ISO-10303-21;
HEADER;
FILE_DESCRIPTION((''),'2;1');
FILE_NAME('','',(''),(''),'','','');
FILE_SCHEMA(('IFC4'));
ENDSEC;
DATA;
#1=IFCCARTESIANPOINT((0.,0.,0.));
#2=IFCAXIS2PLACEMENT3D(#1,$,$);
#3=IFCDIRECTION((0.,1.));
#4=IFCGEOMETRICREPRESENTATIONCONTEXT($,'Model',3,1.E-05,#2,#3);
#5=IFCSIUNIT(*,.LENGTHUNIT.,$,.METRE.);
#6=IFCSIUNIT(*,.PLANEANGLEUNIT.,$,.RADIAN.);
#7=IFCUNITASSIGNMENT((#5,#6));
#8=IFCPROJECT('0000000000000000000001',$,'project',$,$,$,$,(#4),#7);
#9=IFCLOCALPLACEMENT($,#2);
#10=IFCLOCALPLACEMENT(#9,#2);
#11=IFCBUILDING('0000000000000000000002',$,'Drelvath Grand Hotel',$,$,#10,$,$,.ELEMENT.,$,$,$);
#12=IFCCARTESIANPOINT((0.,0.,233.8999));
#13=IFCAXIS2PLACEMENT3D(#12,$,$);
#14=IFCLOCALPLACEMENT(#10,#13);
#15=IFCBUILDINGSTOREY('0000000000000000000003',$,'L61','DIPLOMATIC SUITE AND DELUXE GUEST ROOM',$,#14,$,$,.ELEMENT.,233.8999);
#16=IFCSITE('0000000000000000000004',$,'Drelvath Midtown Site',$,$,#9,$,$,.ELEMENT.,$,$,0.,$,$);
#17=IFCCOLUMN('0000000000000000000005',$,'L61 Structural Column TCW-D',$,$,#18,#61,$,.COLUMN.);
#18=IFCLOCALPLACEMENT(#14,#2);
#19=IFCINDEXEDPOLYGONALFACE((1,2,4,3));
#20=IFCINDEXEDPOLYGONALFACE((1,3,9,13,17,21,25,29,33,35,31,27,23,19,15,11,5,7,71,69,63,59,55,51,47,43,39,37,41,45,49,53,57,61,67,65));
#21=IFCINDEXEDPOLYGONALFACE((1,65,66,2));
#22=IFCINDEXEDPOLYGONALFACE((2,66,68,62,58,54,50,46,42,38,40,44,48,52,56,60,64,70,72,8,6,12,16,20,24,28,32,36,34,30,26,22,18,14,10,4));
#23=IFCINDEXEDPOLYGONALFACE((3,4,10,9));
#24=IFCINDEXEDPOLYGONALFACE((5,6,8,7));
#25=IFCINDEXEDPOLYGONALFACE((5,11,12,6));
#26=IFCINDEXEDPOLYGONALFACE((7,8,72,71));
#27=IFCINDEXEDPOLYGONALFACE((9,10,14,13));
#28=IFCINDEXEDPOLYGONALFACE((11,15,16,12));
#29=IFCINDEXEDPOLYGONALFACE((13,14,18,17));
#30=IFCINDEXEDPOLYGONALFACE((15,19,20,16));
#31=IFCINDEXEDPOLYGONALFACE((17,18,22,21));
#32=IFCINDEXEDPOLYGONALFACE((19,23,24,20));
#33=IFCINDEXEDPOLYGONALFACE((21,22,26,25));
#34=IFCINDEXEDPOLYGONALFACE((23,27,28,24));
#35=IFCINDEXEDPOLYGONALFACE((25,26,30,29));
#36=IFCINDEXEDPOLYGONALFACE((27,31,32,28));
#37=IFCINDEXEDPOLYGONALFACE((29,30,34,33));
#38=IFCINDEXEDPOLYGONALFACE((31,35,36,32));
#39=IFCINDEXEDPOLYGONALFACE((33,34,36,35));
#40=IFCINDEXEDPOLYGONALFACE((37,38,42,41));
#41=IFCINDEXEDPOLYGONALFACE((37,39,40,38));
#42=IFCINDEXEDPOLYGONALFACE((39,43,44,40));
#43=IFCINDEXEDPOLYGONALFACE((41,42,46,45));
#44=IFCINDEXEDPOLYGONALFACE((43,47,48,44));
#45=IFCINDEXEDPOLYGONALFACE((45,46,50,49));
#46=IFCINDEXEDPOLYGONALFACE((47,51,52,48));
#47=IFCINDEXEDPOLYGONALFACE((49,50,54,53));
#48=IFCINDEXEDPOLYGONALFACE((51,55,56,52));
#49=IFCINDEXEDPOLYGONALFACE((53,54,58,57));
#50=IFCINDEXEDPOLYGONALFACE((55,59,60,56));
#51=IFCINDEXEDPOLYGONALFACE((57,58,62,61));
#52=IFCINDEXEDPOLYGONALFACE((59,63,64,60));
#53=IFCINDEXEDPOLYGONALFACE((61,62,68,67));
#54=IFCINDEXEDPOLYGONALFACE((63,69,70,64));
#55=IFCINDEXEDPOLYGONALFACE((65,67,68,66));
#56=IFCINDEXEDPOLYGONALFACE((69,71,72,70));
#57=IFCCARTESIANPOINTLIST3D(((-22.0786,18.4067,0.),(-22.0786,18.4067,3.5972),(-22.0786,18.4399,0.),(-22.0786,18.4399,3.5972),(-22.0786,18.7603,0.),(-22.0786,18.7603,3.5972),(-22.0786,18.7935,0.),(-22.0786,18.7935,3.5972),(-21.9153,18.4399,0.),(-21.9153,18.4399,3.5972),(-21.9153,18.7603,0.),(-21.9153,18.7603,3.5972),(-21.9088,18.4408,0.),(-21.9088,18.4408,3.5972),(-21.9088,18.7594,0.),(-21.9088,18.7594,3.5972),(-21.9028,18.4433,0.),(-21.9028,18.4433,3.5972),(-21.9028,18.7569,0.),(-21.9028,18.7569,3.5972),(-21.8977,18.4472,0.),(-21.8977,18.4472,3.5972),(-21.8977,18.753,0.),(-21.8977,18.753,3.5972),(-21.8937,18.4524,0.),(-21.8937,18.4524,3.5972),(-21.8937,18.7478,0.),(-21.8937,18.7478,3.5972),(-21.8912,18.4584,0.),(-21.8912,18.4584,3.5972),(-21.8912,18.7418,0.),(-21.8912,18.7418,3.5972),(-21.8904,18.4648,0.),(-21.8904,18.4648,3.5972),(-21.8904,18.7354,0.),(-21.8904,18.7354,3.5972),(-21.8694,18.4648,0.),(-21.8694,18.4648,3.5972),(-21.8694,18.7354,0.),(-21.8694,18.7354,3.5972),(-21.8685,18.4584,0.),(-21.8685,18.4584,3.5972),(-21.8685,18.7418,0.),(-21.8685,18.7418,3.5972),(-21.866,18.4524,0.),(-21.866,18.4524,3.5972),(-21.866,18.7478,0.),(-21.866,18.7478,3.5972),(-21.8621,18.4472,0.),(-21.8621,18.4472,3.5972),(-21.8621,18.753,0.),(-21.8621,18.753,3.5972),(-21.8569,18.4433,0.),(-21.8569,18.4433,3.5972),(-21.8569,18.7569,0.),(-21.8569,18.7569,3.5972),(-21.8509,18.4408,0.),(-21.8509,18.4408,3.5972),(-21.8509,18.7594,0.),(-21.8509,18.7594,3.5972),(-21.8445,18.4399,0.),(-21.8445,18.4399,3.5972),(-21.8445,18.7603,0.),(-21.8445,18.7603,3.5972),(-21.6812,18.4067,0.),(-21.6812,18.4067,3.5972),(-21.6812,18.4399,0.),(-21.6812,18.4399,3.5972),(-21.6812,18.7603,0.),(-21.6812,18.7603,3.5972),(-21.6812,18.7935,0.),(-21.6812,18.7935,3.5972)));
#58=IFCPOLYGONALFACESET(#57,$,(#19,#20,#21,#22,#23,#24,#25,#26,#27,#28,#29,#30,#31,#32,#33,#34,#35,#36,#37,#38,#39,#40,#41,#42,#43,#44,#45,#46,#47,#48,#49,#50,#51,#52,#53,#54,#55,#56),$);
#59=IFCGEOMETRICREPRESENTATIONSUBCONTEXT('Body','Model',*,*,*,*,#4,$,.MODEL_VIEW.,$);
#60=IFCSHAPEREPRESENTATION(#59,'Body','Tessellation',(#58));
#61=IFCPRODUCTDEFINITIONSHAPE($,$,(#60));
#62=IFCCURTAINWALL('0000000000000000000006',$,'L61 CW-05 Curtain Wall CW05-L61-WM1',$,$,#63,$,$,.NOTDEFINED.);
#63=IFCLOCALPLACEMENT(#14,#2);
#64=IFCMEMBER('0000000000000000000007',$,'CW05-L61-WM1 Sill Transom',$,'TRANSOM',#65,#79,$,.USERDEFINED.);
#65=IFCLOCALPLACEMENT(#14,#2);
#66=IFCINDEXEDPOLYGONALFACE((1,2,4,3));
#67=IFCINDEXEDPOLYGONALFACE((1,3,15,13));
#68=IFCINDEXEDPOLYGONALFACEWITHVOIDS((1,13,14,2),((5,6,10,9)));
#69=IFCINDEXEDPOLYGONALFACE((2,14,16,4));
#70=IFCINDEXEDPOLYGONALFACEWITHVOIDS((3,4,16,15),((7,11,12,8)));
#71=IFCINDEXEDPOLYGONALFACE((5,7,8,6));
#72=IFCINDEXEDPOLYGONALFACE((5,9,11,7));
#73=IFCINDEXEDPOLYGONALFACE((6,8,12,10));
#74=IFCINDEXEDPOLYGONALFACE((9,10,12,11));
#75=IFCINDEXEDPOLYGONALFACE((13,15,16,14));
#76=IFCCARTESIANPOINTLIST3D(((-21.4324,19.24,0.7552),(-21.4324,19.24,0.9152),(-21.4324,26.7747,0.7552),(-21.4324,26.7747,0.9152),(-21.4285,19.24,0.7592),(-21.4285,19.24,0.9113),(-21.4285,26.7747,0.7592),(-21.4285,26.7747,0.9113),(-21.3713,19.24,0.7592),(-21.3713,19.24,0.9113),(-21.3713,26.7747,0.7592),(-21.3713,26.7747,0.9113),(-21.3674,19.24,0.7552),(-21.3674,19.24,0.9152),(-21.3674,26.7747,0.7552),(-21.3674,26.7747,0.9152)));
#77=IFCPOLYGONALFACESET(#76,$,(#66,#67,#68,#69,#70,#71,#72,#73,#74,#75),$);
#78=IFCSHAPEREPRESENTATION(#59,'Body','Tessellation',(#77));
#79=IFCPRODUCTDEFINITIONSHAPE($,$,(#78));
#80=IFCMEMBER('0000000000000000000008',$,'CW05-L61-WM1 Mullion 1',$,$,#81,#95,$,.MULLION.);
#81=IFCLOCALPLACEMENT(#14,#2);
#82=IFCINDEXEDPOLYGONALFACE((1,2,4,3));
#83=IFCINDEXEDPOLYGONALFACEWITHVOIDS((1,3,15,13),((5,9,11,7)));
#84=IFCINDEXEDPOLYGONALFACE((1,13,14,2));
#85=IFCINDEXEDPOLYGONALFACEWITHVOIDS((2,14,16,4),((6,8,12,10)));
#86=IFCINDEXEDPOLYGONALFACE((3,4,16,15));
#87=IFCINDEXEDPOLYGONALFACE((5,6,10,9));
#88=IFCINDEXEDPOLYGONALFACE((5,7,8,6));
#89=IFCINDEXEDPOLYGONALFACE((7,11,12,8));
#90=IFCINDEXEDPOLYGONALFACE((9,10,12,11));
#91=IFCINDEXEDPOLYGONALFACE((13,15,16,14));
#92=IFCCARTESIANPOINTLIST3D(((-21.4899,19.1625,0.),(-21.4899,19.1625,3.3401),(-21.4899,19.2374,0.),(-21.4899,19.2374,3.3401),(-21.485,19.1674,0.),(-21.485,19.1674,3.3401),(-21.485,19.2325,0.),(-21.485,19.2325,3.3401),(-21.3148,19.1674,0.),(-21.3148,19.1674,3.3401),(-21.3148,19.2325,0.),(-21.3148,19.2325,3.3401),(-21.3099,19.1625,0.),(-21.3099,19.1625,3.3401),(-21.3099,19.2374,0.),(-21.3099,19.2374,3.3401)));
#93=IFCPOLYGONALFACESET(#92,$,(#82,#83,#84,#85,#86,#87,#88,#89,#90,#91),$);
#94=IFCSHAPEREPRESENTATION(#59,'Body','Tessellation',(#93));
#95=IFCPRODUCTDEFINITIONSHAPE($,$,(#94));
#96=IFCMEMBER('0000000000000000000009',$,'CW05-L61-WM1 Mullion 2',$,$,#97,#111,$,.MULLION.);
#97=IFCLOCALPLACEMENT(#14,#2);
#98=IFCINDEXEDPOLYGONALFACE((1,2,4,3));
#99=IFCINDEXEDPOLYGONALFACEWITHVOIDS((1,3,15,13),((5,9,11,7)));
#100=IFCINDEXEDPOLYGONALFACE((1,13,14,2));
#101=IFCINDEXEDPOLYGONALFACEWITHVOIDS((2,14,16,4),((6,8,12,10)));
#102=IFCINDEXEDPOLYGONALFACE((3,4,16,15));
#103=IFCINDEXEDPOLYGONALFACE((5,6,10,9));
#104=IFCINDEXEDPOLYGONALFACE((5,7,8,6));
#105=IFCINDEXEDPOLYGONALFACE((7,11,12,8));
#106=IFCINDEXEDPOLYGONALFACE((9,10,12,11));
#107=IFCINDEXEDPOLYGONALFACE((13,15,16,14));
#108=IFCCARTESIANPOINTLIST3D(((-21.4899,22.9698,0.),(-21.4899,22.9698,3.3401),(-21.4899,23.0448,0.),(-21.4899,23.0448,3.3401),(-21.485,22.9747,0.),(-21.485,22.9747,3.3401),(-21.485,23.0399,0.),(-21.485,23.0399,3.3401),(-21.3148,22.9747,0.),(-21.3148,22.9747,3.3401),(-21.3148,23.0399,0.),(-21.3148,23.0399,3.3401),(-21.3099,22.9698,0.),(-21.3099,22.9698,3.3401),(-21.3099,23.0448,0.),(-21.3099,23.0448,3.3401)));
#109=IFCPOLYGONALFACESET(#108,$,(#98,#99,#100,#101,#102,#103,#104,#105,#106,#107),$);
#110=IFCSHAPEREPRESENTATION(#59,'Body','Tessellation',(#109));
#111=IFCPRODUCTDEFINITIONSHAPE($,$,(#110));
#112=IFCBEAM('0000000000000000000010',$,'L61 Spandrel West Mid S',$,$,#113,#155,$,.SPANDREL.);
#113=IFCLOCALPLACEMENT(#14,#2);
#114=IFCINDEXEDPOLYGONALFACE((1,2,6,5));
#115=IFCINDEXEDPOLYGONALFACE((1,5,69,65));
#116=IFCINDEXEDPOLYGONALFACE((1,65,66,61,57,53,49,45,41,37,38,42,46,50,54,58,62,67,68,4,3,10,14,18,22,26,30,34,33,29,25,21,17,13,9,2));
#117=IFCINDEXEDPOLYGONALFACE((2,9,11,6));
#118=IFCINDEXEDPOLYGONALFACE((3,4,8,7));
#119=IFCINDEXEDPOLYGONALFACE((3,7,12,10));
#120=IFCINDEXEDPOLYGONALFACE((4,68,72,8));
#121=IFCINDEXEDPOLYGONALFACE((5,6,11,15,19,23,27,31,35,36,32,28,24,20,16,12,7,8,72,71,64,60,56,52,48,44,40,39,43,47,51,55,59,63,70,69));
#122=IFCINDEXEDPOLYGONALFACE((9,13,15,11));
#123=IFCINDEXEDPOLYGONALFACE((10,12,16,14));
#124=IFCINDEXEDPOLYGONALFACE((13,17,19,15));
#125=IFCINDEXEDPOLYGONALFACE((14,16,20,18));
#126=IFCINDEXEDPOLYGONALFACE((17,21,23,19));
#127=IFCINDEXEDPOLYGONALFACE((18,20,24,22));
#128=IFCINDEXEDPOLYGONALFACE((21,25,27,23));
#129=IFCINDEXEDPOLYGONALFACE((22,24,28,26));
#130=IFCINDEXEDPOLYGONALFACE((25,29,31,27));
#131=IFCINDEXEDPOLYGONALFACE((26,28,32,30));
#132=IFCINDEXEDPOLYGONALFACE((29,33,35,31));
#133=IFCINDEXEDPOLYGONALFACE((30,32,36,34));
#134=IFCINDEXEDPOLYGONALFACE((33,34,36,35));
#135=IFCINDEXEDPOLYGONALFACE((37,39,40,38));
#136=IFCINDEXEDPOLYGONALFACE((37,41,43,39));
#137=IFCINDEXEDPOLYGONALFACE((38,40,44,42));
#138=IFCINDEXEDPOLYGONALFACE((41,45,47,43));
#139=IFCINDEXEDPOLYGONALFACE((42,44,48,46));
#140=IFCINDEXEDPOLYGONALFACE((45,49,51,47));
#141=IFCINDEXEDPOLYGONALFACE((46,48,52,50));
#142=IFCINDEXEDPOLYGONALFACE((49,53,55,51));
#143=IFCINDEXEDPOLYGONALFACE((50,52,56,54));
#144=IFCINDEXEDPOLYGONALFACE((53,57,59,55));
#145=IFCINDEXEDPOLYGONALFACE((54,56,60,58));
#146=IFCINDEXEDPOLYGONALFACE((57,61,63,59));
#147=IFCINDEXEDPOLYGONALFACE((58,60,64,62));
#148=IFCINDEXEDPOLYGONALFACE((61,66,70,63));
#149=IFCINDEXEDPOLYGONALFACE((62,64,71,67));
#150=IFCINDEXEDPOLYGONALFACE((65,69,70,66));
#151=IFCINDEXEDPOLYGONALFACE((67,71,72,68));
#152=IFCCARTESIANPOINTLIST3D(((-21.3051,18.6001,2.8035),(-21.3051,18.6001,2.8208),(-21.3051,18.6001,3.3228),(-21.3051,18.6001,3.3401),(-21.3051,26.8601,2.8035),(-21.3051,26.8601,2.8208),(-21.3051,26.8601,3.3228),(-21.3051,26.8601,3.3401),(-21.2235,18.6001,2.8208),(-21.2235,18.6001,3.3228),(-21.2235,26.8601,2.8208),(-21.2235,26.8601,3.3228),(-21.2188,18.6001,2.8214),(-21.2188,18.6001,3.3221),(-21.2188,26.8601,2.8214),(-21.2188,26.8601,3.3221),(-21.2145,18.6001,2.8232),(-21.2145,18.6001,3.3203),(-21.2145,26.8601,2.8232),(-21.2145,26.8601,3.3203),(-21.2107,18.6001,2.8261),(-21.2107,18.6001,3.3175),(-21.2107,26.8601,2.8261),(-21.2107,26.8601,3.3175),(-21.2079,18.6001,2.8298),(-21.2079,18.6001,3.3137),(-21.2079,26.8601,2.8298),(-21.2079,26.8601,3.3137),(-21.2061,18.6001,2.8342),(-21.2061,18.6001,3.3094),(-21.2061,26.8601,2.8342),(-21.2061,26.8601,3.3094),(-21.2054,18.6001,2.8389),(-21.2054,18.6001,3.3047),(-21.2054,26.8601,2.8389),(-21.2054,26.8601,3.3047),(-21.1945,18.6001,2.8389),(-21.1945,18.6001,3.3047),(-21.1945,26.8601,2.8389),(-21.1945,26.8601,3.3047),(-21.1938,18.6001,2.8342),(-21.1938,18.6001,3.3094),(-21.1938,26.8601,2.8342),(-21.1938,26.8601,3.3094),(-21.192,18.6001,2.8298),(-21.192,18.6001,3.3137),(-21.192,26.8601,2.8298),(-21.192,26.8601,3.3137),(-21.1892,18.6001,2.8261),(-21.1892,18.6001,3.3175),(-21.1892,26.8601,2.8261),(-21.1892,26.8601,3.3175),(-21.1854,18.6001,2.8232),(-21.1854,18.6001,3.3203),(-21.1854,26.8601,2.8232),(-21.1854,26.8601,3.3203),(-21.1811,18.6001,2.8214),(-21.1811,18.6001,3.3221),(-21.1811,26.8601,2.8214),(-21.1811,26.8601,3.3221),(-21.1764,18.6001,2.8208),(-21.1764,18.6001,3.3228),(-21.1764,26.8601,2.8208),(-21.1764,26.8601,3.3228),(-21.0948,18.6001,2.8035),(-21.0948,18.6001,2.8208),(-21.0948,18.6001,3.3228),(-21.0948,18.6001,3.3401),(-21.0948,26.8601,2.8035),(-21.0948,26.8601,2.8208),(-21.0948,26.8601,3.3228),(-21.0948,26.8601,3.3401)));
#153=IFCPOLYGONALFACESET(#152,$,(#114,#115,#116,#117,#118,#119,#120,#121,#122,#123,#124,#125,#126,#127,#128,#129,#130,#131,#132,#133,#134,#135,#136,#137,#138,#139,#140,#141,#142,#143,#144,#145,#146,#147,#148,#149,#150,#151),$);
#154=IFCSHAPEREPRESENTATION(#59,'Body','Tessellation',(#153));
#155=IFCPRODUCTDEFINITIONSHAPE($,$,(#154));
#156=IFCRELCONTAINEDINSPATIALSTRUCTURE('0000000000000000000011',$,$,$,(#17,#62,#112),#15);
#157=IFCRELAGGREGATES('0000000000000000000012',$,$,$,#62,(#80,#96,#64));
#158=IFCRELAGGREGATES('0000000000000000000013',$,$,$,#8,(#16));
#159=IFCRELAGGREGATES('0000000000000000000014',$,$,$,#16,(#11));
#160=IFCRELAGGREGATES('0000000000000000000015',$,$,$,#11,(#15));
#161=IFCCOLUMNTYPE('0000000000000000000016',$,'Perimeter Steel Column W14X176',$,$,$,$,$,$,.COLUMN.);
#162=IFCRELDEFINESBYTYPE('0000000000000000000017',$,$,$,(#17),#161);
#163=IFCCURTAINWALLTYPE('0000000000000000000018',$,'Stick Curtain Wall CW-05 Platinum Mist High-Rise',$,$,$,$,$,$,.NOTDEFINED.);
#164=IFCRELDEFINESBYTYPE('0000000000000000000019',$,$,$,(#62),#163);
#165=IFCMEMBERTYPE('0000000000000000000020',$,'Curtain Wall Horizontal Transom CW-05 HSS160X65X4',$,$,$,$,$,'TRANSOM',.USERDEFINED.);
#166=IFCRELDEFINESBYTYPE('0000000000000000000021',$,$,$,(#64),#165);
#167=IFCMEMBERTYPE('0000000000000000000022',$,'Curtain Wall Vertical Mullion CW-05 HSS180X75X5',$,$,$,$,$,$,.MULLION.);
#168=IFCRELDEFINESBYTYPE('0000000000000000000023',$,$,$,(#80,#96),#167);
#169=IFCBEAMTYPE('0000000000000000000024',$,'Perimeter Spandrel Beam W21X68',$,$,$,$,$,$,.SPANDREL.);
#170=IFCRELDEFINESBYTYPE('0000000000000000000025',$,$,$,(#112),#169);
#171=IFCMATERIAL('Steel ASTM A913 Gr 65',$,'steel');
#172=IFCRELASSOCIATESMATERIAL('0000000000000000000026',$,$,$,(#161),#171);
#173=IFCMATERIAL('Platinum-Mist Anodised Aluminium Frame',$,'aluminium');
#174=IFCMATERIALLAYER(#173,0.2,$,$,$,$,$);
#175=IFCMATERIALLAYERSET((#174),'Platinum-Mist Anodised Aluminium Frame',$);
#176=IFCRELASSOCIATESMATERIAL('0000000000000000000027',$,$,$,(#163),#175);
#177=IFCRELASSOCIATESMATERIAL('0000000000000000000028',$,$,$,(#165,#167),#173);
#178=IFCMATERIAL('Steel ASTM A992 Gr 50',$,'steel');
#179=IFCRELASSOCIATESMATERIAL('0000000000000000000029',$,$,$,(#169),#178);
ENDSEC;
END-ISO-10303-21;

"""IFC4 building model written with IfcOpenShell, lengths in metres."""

from ifc_helpers import new_model, si_unit, direction, frame, origin, origin_2d, place, context, subcontext, project, spatial, hollow_rectangle, i_section, extrude, material, layer, layer_set, material_profile, profile_set, type_object, element, aggregate, save


model = new_model("IFC4")

# Units and contexts
model_context = context("Model", 3, precision=1e-05, world=origin(), true_north=direction((0.0, 1.0)))
body_context = subcontext(model_context, "Body", "Model", "MODEL_VIEW")
ifc_project = project(units=[si_unit("LENGTHUNIT", "METRE"), si_unit("PLANEANGLEUNIT", "RADIAN")], contexts=[model_context])

# Site, building, storey
site_placement = place(None, origin())
site = spatial("IfcSite", under=ifc_project, at=site_placement, Name="Drelvath Midtown Site", CompositionType="ELEMENT", RefElevation=0.0)
building_placement = place(site_placement, origin())
building = spatial("IfcBuilding", under=site, at=building_placement, Name="Drelvath Grand Hotel", CompositionType="ELEMENT")
storey_placement = place(building_placement, frame((0.0, 0.0, 233.8999)))
storey = spatial("IfcBuildingStorey", under=building, at=storey_placement, Name="L61", Description="DIPLOMATIC SUITE AND DELUXE GUEST ROOM", CompositionType="ELEMENT", Elevation=233.8999)

# Column
ifc_material_1 = material(Name="Steel ASTM A913 Gr 65", Category="steel")
ifc_material_profile_1 = material_profile(ifc_material_1, i_section(OverallWidth=0.3975, OverallDepth=0.3867, WebThickness=0.021, FlangeThickness=0.0332, FilletRadius=0.0249, at=origin_2d()), Name="W14X176")
ifc_profile_set_1 = profile_set([ifc_material_profile_1], Name="Steel ASTM A913 Gr 65")
column_type = type_object("IfcColumnType", Name="Perimeter Steel Column W14X176", PredefinedType="COLUMN", material=ifc_profile_set_1)
column_placement = place(storey_placement, frame((-21.8799, 18.6001, 0.0), z_axis=(0.0, 0.0, 1.0), x_axis=(1.0, 0.0, 0.0)))
element("IfcColumn", 1, at=column_placement, inside=storey, type_object=column_type, Name="L61 Structural Column TCW-D", PredefinedType="COLUMN", context=body_context, shape_type="SweptSolid", body=[
    extrude(i_section(OverallWidth=0.3975, OverallDepth=0.3867, WebThickness=0.021, FlangeThickness=0.0332, FilletRadius=0.0249, at=origin_2d()), origin(), (0.0, 0.0, 1.0), 3.5972),
])

# Curtain wall, members
ifc_material_2 = material(Name="Platinum-Mist Anodised Aluminium Frame", Category="aluminium")
ifc_layer_1 = layer(ifc_material_2, 0.2)
ifc_layer_set_1 = layer_set([ifc_layer_1], Name="Platinum-Mist Anodised Aluminium Frame")
curtain_wall_type = type_object("IfcCurtainWallType", Name="Stick Curtain Wall CW-05 Platinum Mist High-Rise", PredefinedType="NOTDEFINED", material=ifc_layer_set_1)
curtain_wall_placement = place(storey_placement, origin())
curtain_wall = element("IfcCurtainWall", 2, at=curtain_wall_placement, inside=storey, type_object=curtain_wall_type, Name="L61 CW-05 Curtain Wall CW05-L61-WM1", PredefinedType="NOTDEFINED")
ifc_material_profile_2 = material_profile(ifc_material_2, hollow_rectangle(XDim=0.0649, YDim=0.1599, WallThickness=0.0039, at=origin_2d()), Name="HSS160X65X4")
ifc_profile_set_2 = profile_set([ifc_material_profile_2], Name="Platinum-Mist Anodised Aluminium Frame")
member_type_1 = type_object("IfcMemberType", Name="Curtain Wall Horizontal Transom CW-05 HSS160X65X4", ElementType="TRANSOM", PredefinedType="USERDEFINED", material=ifc_profile_set_2)
member_1_placement = place(storey_placement, frame((-21.3999, 19.24, 0.8352), z_axis=(0.0, 1.0, 0.0), x_axis=(-1.0, 0.0, 0.0)))
member_1 = element("IfcMember", 3, at=member_1_placement, type_object=member_type_1, Name="CW05-L61-WM1 Sill Transom", ObjectType="TRANSOM", PredefinedType="USERDEFINED", context=body_context, shape_type="SweptSolid", body=[
    extrude(hollow_rectangle(XDim=0.0649, YDim=0.1599, WallThickness=0.0039, at=origin_2d()), origin(), (0.0, 0.0, 1.0), 7.5347),
])
ifc_material_profile_3 = material_profile(ifc_material_2, hollow_rectangle(XDim=0.075, YDim=0.1799, WallThickness=0.0049, at=origin_2d()), Name="HSS180X75X5")
ifc_profile_set_3 = profile_set([ifc_material_profile_3], Name="Platinum-Mist Anodised Aluminium Frame")
member_type_2 = type_object("IfcMemberType", Name="Curtain Wall Vertical Mullion CW-05 HSS180X75X5", PredefinedType="MULLION", material=ifc_profile_set_3)
member_2_placement = place(storey_placement, frame((-21.3999, 19.2, 0.0), z_axis=(0.0, 0.0, 1.0), x_axis=(0.0, 1.0, 0.0)))
member_2 = element("IfcMember", 4, at=member_2_placement, type_object=member_type_2, Name="CW05-L61-WM1 Mullion 1", PredefinedType="MULLION", context=body_context, shape_type="SweptSolid", body=[
    extrude(hollow_rectangle(XDim=0.075, YDim=0.1799, WallThickness=0.0049, at=origin_2d()), origin(), (0.0, 0.0, 1.0), 3.3401),
])
member_3_placement = place(storey_placement, frame((-21.3999, 23.0073, 0.0), z_axis=(0.0, 0.0, 1.0), x_axis=(0.0, 1.0, 0.0)))
member_3 = element("IfcMember", 5, at=member_3_placement, type_object=member_type_2, Name="CW05-L61-WM1 Mullion 2", PredefinedType="MULLION", context=body_context, shape_type="SweptSolid", body=[
    extrude(hollow_rectangle(XDim=0.075, YDim=0.1799, WallThickness=0.0049, at=origin_2d()), origin(), (0.0, 0.0, 1.0), 3.3401),
])

# Beam
ifc_material_3 = material(Name="Steel ASTM A992 Gr 50", Category="steel")
ifc_material_profile_4 = material_profile(ifc_material_3, i_section(OverallWidth=0.2102, OverallDepth=0.5366, WebThickness=0.011, FlangeThickness=0.0173, FilletRadius=0.0181, at=origin_2d()), Name="W21X68")
ifc_profile_set_4 = profile_set([ifc_material_profile_4], Name="Steel ASTM A992 Gr 50")
beam_type_1 = type_object("IfcBeamType", Name="Perimeter Spandrel Beam W21X68", PredefinedType="SPANDREL", material=ifc_profile_set_4)
beam_1_placement = place(storey_placement, frame((-21.2, 18.6001, 3.0718), z_axis=(0.0, 1.0, 0.0), x_axis=(-1.0, 0.0, 0.0)))
element("IfcBeam", 6, at=beam_1_placement, inside=storey, type_object=beam_type_1, Name="L61 Spandrel West Mid S", PredefinedType="SPANDREL", context=body_context, shape_type="SweptSolid", body=[
    extrude(i_section(OverallWidth=0.2102, OverallDepth=0.5366, WebThickness=0.011, FlangeThickness=0.0173, FilletRadius=0.0181, at=origin_2d()), origin(), (0.0, 0.0, 1.0), 8.26),
])

aggregate(curtain_wall, [member_2, member_3, member_1])

save(model, "model.ifc")
